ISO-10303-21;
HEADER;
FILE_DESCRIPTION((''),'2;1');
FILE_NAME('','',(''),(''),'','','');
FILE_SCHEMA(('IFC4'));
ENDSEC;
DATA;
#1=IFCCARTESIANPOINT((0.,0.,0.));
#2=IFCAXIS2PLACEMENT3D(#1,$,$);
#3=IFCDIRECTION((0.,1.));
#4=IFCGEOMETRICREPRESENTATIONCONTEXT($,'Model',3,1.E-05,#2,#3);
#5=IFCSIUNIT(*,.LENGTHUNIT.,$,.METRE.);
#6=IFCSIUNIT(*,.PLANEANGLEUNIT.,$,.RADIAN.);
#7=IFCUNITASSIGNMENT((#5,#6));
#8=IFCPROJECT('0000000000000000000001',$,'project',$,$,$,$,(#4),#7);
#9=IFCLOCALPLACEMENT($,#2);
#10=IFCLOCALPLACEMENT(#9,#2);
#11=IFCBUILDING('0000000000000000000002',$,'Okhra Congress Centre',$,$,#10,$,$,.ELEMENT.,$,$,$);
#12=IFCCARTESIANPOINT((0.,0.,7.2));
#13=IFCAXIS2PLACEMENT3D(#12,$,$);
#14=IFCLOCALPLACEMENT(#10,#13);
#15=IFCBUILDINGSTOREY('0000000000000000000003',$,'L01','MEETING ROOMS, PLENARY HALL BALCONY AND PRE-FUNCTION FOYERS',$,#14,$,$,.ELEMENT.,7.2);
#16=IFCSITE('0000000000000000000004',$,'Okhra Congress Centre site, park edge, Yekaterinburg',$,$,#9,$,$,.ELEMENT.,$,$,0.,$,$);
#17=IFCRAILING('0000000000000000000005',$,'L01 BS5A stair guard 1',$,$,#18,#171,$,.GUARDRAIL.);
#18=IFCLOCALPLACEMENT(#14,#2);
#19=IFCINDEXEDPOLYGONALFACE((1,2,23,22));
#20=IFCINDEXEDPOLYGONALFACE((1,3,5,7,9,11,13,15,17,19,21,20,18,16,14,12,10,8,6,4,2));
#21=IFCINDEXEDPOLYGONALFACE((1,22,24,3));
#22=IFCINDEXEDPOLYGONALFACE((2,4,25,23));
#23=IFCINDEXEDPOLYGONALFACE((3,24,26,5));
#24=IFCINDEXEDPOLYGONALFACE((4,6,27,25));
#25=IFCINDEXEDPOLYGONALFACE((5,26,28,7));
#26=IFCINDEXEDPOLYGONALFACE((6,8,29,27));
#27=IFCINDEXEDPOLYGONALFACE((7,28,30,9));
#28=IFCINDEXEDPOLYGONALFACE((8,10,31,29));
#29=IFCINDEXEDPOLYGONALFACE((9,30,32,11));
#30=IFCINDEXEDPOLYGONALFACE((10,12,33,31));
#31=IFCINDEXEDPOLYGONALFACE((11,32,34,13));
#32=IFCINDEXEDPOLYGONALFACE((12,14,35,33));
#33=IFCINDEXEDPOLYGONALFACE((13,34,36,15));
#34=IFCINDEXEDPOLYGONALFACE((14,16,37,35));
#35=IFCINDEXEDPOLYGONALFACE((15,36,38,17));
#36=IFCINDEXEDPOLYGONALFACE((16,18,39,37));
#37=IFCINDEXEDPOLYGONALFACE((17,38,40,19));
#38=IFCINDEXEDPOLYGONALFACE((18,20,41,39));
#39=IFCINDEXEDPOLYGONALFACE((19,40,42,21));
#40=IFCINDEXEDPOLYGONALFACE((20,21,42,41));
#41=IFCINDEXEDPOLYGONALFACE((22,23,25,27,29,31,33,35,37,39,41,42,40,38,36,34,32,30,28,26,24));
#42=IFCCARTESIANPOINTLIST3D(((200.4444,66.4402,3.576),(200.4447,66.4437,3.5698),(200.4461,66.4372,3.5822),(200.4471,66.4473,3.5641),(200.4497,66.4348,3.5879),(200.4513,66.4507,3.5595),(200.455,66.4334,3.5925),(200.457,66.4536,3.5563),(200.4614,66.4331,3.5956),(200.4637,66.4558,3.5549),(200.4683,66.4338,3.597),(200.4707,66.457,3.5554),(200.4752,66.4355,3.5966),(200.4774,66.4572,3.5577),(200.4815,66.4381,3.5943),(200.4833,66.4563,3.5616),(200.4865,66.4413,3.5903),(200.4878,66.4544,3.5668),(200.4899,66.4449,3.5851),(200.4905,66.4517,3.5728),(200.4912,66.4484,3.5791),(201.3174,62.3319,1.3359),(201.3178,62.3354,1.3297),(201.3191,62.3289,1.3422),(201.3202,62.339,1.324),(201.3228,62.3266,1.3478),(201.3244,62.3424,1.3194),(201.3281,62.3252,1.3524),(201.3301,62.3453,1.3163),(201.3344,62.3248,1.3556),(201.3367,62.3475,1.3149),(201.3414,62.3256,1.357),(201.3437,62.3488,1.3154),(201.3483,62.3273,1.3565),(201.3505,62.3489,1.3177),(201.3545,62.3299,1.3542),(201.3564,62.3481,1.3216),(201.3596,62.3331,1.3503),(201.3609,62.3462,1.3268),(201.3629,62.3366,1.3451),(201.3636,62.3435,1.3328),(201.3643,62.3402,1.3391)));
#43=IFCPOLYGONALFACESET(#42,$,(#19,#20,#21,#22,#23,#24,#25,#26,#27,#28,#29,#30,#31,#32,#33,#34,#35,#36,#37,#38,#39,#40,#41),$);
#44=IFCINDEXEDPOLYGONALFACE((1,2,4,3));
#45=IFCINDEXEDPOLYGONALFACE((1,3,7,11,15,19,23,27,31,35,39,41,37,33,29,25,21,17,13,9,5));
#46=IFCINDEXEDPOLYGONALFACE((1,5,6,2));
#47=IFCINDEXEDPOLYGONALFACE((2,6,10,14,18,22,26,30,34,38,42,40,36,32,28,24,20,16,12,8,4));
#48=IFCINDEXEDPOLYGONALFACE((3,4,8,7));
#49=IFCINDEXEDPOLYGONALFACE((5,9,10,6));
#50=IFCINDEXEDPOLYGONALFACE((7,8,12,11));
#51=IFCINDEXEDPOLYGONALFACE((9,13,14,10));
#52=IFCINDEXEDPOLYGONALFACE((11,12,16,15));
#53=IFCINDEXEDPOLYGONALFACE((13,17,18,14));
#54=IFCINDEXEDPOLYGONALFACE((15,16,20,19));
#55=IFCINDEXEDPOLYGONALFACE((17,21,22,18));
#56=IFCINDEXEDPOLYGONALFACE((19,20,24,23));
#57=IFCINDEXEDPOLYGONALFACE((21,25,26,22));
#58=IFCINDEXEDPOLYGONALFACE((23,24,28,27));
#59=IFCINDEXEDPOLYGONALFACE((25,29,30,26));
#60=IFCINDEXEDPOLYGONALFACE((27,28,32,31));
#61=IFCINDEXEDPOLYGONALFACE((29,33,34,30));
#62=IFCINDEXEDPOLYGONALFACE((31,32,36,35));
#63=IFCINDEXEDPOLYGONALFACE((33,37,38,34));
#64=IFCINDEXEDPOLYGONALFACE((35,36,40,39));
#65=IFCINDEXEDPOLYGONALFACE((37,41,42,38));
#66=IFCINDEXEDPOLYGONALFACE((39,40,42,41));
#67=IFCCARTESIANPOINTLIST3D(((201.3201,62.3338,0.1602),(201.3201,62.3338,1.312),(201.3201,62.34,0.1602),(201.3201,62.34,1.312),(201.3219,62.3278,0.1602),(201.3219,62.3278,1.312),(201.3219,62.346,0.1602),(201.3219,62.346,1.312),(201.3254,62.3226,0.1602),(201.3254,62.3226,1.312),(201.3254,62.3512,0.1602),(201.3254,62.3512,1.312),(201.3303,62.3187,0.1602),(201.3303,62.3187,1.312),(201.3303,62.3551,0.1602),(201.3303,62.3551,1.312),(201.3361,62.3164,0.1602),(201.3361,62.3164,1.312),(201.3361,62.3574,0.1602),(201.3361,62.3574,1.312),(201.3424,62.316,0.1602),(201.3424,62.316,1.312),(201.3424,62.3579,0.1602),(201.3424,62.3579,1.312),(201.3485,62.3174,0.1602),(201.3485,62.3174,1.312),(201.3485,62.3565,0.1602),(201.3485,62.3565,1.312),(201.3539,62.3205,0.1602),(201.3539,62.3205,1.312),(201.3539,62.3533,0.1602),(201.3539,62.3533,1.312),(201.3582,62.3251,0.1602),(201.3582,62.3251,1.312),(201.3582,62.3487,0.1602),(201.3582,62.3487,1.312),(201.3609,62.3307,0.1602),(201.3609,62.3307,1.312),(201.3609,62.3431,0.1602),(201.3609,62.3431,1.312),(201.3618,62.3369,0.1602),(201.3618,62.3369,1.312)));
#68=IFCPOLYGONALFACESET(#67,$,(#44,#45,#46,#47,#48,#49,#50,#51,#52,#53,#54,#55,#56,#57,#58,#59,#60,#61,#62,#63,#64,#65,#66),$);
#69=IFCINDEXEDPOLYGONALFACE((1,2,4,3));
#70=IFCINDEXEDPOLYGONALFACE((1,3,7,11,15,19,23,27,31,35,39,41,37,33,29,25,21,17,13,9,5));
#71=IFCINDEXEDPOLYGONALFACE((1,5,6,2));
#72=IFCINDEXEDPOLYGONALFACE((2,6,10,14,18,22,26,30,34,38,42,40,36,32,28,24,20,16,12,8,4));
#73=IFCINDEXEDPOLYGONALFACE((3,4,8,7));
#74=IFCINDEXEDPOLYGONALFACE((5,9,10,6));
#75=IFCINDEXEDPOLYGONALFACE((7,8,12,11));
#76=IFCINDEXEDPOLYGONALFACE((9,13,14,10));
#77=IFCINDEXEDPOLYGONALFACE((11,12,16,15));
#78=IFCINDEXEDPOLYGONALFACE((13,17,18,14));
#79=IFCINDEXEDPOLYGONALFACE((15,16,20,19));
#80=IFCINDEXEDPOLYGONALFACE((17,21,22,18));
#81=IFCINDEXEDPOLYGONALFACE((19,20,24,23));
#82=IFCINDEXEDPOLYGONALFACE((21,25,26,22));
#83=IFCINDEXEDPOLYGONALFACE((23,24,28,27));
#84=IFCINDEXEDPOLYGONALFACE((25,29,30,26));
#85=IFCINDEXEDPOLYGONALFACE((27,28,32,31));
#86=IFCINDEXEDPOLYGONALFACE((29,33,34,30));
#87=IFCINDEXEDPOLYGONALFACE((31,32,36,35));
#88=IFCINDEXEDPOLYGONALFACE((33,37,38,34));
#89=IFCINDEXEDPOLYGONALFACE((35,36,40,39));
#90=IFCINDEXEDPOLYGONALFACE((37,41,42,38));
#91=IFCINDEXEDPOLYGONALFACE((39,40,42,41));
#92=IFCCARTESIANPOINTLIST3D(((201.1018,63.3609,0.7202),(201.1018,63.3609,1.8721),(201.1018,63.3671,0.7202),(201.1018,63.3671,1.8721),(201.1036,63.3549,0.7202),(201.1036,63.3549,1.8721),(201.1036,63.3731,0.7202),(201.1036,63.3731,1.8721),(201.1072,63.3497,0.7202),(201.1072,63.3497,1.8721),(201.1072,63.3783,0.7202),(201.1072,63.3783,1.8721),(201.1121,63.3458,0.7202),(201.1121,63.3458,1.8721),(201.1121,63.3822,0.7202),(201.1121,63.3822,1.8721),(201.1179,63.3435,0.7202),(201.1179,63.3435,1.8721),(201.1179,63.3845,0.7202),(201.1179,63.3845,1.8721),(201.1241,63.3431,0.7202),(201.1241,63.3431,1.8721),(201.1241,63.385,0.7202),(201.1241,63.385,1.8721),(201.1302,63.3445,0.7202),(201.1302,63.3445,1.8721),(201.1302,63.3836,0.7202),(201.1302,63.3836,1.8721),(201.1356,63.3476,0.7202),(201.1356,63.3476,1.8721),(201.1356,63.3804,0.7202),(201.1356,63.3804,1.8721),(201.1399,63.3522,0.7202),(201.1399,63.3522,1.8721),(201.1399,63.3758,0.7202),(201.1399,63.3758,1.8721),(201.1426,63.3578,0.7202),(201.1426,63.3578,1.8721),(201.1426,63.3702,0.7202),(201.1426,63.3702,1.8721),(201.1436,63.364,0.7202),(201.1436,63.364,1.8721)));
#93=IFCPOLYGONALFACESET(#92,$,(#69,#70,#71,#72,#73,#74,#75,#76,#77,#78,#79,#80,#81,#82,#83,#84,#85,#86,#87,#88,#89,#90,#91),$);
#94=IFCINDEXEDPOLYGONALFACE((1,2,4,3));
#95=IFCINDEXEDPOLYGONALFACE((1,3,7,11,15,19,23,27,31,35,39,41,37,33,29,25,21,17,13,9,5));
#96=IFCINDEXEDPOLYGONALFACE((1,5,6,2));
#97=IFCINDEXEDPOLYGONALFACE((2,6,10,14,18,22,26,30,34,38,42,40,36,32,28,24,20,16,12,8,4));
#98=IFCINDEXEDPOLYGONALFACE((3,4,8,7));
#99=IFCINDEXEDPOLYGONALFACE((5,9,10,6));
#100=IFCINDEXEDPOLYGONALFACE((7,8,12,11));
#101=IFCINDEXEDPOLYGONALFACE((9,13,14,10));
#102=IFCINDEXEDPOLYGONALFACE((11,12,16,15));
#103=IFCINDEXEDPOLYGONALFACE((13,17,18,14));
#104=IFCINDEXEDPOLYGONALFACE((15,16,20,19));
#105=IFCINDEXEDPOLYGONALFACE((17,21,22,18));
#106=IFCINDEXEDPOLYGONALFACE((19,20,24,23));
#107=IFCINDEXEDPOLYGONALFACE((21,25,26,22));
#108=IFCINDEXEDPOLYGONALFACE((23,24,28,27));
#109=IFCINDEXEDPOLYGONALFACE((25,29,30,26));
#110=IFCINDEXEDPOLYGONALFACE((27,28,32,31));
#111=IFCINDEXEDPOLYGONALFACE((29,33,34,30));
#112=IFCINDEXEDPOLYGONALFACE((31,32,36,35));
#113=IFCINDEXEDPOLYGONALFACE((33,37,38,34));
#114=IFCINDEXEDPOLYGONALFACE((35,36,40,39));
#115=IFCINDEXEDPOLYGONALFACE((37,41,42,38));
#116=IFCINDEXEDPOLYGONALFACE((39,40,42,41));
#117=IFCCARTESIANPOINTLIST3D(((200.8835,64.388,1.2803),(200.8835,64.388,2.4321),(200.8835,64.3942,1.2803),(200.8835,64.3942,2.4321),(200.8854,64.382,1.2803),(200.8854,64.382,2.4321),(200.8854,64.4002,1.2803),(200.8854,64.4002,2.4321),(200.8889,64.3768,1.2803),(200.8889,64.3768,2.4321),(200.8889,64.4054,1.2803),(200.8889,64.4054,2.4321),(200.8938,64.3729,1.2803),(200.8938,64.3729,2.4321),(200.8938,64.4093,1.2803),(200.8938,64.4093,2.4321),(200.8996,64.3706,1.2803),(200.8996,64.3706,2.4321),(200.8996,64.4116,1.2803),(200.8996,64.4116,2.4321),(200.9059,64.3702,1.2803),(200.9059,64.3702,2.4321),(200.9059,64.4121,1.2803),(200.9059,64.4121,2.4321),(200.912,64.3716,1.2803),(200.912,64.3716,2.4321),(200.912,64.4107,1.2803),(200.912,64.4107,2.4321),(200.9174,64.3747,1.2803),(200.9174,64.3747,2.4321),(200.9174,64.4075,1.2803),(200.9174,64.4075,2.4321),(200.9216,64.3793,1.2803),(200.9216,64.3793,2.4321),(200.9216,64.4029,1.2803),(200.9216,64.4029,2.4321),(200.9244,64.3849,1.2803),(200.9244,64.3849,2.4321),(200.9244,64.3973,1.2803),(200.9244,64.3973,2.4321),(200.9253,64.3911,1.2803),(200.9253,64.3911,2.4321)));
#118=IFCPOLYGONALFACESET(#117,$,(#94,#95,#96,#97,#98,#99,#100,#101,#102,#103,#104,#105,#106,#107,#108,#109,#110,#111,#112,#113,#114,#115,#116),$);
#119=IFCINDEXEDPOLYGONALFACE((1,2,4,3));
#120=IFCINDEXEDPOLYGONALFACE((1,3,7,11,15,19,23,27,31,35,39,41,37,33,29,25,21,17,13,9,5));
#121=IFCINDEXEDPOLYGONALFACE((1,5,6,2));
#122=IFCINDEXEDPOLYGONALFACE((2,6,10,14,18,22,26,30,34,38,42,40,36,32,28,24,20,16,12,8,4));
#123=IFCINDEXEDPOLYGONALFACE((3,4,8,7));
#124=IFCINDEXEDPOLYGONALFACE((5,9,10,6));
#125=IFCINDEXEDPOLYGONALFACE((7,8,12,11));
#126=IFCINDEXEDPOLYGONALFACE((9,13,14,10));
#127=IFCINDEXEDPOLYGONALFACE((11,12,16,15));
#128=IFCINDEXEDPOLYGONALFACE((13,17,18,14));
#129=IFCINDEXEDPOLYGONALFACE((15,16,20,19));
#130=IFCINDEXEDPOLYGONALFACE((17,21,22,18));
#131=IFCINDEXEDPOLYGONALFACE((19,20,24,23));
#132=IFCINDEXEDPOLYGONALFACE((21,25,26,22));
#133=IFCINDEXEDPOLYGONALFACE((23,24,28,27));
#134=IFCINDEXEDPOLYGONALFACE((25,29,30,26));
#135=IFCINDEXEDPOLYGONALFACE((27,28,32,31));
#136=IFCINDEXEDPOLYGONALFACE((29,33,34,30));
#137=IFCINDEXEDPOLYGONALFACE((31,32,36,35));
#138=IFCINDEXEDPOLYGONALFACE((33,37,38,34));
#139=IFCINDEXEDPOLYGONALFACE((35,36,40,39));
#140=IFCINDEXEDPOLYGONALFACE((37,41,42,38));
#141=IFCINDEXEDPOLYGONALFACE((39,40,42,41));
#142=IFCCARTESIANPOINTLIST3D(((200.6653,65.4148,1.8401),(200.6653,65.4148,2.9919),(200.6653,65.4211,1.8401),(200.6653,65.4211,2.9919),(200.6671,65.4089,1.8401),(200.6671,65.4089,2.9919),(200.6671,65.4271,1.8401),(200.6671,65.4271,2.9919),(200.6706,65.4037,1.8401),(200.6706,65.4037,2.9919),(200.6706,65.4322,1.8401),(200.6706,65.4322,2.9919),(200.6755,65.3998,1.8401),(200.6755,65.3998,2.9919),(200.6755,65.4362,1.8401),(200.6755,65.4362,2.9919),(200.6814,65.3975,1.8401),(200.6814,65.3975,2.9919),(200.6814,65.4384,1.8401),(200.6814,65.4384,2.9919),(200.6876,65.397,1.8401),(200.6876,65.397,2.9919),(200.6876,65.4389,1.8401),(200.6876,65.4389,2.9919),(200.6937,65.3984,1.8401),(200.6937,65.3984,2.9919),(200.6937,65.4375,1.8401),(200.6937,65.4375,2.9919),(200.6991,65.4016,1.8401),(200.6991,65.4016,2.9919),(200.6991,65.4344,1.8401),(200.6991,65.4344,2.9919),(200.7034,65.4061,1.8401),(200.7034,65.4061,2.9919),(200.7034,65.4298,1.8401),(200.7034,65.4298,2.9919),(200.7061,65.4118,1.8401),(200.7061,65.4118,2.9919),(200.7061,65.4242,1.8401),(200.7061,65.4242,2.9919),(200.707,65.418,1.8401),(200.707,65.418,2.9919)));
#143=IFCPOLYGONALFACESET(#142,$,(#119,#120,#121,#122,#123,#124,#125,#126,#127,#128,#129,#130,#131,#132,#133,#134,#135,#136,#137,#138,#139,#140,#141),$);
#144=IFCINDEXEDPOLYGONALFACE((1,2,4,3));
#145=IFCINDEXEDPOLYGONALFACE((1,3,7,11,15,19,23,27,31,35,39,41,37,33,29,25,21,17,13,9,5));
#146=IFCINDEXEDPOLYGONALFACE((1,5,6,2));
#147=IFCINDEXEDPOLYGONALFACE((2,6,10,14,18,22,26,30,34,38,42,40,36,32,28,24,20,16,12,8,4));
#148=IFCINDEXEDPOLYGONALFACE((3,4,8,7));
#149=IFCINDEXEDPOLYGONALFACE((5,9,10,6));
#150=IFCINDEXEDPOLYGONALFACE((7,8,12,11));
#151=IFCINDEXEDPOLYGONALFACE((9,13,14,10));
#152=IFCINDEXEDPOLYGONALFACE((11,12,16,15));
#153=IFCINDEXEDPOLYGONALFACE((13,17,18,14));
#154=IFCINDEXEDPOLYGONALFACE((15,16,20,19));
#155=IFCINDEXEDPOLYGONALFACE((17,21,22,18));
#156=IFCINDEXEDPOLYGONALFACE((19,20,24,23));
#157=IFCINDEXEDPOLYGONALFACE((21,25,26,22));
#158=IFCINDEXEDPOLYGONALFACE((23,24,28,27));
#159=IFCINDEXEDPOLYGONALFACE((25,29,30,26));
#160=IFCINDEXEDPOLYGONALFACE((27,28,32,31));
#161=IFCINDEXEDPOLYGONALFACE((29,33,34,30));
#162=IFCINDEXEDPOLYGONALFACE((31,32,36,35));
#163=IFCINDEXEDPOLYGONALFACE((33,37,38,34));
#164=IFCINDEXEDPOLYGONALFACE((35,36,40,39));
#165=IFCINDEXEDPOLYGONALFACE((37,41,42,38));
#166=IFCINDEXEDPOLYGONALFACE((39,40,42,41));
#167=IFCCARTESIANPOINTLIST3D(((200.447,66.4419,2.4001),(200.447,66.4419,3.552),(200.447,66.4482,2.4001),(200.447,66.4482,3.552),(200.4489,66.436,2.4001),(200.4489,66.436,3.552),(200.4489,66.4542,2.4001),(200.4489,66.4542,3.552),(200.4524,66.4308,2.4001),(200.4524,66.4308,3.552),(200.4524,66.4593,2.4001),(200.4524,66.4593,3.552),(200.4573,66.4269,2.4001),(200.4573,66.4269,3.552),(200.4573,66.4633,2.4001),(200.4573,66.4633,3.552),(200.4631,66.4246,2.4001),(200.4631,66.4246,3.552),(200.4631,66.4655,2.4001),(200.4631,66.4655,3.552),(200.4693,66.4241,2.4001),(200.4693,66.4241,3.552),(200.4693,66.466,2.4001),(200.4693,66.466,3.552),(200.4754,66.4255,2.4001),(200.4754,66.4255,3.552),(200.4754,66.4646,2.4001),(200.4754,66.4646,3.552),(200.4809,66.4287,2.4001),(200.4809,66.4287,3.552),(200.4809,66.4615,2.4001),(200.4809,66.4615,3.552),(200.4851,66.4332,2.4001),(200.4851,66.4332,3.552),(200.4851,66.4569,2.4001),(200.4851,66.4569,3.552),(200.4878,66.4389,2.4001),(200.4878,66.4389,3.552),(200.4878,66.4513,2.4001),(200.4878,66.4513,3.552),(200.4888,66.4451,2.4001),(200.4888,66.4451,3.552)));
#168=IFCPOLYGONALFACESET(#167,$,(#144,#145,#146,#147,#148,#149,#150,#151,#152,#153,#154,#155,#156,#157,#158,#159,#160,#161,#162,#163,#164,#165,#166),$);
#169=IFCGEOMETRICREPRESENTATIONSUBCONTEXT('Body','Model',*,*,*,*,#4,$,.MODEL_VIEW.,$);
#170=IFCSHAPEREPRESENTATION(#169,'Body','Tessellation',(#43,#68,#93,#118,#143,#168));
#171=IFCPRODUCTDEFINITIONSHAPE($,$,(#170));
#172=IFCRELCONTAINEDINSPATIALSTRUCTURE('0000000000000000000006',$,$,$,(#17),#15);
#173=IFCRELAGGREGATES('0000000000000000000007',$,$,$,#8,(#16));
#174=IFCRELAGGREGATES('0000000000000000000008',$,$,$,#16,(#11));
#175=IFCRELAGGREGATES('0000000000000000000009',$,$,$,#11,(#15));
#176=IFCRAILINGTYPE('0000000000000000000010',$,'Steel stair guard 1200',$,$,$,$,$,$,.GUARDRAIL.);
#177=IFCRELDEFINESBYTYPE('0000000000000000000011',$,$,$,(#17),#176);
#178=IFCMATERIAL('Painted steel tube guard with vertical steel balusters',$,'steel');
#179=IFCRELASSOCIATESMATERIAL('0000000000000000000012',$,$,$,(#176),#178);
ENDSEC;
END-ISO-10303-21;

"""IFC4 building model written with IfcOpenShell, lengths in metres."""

from ifc_helpers import new_model, si_unit, direction, frame, origin, origin_2d, place, context, subcontext, project, spatial, circle, extrude, material, type_object, element, save


model = new_model("IFC4")

# Units and contexts
model_context = context("Model", 3, precision=1e-05, world=origin(), true_north=direction((0.0, 1.0)))
body_context = subcontext(model_context, "Body", "Model", "MODEL_VIEW")
ifc_project = project(units=[si_unit("LENGTHUNIT", "METRE"), si_unit("PLANEANGLEUNIT", "RADIAN")], contexts=[model_context])

# Site, building, storey
site_placement = place(None, origin())
site = spatial("IfcSite", under=ifc_project, at=site_placement, Name="Okhra Congress Centre site, park edge, Yekaterinburg", CompositionType="ELEMENT", RefElevation=0.0)
building_placement = place(site_placement, origin())
building = spatial("IfcBuilding", under=site, at=building_placement, Name="Okhra Congress Centre", CompositionType="ELEMENT")
storey_placement = place(building_placement, frame((0.0, 0.0, 7.2)))
storey = spatial("IfcBuildingStorey", under=building, at=storey_placement, Name="L01", Description="MEETING ROOMS, PLENARY HALL BALCONY AND PRE-FUNCTION FOYERS", CompositionType="ELEMENT", Elevation=7.2)

# Railing
ifc_material_1 = material(Name="Painted steel tube guard with vertical steel balusters", Category="steel")
railing_type_1 = type_object("IfcRailingType", Name="Steel stair guard 1200", PredefinedType="GUARDRAIL", material=ifc_material_1)
railing_1_placement = place(storey_placement, frame((201.3408, 62.3369, 0.1602)))
element("IfcRailing", 1, at=railing_1_placement, inside=storey, type_object=railing_type_1, Name="L01 BS5A stair guard 1", PredefinedType="GUARDRAIL", context=body_context, shape_type="SweptSolid", body=[
    extrude(circle(Radius=0.0239, at=origin_2d()), frame((0.0, 0.0, 1.1758), z_axis=(-0.183417, 0.863075, 0.470596), x_axis=(-0.978156, -0.207873, 0.0)), (0.0, 0.0, 1.0), 4.76),
    extrude(circle(Radius=0.021, at=origin_2d()), origin(), (0.0, 0.0, 1.0), 1.1519),
    extrude(circle(Radius=0.021, at=origin_2d()), frame((-0.2183, 1.0271, 0.5601)), (0.0, 0.0, 1.0), 1.1519),
    extrude(circle(Radius=0.021, at=origin_2d()), frame((-0.4365, 2.0542, 1.1201)), (0.0, 0.0, 1.0), 1.1519),
    extrude(circle(Radius=0.021, at=origin_2d()), frame((-0.6548, 3.0811, 1.6799)), (0.0, 0.0, 1.0), 1.1519),
    extrude(circle(Radius=0.021, at=origin_2d()), frame((-0.873, 4.1082, 2.24)), (0.0, 0.0, 1.0), 1.1519),
])

save(model, "model.ifc")
